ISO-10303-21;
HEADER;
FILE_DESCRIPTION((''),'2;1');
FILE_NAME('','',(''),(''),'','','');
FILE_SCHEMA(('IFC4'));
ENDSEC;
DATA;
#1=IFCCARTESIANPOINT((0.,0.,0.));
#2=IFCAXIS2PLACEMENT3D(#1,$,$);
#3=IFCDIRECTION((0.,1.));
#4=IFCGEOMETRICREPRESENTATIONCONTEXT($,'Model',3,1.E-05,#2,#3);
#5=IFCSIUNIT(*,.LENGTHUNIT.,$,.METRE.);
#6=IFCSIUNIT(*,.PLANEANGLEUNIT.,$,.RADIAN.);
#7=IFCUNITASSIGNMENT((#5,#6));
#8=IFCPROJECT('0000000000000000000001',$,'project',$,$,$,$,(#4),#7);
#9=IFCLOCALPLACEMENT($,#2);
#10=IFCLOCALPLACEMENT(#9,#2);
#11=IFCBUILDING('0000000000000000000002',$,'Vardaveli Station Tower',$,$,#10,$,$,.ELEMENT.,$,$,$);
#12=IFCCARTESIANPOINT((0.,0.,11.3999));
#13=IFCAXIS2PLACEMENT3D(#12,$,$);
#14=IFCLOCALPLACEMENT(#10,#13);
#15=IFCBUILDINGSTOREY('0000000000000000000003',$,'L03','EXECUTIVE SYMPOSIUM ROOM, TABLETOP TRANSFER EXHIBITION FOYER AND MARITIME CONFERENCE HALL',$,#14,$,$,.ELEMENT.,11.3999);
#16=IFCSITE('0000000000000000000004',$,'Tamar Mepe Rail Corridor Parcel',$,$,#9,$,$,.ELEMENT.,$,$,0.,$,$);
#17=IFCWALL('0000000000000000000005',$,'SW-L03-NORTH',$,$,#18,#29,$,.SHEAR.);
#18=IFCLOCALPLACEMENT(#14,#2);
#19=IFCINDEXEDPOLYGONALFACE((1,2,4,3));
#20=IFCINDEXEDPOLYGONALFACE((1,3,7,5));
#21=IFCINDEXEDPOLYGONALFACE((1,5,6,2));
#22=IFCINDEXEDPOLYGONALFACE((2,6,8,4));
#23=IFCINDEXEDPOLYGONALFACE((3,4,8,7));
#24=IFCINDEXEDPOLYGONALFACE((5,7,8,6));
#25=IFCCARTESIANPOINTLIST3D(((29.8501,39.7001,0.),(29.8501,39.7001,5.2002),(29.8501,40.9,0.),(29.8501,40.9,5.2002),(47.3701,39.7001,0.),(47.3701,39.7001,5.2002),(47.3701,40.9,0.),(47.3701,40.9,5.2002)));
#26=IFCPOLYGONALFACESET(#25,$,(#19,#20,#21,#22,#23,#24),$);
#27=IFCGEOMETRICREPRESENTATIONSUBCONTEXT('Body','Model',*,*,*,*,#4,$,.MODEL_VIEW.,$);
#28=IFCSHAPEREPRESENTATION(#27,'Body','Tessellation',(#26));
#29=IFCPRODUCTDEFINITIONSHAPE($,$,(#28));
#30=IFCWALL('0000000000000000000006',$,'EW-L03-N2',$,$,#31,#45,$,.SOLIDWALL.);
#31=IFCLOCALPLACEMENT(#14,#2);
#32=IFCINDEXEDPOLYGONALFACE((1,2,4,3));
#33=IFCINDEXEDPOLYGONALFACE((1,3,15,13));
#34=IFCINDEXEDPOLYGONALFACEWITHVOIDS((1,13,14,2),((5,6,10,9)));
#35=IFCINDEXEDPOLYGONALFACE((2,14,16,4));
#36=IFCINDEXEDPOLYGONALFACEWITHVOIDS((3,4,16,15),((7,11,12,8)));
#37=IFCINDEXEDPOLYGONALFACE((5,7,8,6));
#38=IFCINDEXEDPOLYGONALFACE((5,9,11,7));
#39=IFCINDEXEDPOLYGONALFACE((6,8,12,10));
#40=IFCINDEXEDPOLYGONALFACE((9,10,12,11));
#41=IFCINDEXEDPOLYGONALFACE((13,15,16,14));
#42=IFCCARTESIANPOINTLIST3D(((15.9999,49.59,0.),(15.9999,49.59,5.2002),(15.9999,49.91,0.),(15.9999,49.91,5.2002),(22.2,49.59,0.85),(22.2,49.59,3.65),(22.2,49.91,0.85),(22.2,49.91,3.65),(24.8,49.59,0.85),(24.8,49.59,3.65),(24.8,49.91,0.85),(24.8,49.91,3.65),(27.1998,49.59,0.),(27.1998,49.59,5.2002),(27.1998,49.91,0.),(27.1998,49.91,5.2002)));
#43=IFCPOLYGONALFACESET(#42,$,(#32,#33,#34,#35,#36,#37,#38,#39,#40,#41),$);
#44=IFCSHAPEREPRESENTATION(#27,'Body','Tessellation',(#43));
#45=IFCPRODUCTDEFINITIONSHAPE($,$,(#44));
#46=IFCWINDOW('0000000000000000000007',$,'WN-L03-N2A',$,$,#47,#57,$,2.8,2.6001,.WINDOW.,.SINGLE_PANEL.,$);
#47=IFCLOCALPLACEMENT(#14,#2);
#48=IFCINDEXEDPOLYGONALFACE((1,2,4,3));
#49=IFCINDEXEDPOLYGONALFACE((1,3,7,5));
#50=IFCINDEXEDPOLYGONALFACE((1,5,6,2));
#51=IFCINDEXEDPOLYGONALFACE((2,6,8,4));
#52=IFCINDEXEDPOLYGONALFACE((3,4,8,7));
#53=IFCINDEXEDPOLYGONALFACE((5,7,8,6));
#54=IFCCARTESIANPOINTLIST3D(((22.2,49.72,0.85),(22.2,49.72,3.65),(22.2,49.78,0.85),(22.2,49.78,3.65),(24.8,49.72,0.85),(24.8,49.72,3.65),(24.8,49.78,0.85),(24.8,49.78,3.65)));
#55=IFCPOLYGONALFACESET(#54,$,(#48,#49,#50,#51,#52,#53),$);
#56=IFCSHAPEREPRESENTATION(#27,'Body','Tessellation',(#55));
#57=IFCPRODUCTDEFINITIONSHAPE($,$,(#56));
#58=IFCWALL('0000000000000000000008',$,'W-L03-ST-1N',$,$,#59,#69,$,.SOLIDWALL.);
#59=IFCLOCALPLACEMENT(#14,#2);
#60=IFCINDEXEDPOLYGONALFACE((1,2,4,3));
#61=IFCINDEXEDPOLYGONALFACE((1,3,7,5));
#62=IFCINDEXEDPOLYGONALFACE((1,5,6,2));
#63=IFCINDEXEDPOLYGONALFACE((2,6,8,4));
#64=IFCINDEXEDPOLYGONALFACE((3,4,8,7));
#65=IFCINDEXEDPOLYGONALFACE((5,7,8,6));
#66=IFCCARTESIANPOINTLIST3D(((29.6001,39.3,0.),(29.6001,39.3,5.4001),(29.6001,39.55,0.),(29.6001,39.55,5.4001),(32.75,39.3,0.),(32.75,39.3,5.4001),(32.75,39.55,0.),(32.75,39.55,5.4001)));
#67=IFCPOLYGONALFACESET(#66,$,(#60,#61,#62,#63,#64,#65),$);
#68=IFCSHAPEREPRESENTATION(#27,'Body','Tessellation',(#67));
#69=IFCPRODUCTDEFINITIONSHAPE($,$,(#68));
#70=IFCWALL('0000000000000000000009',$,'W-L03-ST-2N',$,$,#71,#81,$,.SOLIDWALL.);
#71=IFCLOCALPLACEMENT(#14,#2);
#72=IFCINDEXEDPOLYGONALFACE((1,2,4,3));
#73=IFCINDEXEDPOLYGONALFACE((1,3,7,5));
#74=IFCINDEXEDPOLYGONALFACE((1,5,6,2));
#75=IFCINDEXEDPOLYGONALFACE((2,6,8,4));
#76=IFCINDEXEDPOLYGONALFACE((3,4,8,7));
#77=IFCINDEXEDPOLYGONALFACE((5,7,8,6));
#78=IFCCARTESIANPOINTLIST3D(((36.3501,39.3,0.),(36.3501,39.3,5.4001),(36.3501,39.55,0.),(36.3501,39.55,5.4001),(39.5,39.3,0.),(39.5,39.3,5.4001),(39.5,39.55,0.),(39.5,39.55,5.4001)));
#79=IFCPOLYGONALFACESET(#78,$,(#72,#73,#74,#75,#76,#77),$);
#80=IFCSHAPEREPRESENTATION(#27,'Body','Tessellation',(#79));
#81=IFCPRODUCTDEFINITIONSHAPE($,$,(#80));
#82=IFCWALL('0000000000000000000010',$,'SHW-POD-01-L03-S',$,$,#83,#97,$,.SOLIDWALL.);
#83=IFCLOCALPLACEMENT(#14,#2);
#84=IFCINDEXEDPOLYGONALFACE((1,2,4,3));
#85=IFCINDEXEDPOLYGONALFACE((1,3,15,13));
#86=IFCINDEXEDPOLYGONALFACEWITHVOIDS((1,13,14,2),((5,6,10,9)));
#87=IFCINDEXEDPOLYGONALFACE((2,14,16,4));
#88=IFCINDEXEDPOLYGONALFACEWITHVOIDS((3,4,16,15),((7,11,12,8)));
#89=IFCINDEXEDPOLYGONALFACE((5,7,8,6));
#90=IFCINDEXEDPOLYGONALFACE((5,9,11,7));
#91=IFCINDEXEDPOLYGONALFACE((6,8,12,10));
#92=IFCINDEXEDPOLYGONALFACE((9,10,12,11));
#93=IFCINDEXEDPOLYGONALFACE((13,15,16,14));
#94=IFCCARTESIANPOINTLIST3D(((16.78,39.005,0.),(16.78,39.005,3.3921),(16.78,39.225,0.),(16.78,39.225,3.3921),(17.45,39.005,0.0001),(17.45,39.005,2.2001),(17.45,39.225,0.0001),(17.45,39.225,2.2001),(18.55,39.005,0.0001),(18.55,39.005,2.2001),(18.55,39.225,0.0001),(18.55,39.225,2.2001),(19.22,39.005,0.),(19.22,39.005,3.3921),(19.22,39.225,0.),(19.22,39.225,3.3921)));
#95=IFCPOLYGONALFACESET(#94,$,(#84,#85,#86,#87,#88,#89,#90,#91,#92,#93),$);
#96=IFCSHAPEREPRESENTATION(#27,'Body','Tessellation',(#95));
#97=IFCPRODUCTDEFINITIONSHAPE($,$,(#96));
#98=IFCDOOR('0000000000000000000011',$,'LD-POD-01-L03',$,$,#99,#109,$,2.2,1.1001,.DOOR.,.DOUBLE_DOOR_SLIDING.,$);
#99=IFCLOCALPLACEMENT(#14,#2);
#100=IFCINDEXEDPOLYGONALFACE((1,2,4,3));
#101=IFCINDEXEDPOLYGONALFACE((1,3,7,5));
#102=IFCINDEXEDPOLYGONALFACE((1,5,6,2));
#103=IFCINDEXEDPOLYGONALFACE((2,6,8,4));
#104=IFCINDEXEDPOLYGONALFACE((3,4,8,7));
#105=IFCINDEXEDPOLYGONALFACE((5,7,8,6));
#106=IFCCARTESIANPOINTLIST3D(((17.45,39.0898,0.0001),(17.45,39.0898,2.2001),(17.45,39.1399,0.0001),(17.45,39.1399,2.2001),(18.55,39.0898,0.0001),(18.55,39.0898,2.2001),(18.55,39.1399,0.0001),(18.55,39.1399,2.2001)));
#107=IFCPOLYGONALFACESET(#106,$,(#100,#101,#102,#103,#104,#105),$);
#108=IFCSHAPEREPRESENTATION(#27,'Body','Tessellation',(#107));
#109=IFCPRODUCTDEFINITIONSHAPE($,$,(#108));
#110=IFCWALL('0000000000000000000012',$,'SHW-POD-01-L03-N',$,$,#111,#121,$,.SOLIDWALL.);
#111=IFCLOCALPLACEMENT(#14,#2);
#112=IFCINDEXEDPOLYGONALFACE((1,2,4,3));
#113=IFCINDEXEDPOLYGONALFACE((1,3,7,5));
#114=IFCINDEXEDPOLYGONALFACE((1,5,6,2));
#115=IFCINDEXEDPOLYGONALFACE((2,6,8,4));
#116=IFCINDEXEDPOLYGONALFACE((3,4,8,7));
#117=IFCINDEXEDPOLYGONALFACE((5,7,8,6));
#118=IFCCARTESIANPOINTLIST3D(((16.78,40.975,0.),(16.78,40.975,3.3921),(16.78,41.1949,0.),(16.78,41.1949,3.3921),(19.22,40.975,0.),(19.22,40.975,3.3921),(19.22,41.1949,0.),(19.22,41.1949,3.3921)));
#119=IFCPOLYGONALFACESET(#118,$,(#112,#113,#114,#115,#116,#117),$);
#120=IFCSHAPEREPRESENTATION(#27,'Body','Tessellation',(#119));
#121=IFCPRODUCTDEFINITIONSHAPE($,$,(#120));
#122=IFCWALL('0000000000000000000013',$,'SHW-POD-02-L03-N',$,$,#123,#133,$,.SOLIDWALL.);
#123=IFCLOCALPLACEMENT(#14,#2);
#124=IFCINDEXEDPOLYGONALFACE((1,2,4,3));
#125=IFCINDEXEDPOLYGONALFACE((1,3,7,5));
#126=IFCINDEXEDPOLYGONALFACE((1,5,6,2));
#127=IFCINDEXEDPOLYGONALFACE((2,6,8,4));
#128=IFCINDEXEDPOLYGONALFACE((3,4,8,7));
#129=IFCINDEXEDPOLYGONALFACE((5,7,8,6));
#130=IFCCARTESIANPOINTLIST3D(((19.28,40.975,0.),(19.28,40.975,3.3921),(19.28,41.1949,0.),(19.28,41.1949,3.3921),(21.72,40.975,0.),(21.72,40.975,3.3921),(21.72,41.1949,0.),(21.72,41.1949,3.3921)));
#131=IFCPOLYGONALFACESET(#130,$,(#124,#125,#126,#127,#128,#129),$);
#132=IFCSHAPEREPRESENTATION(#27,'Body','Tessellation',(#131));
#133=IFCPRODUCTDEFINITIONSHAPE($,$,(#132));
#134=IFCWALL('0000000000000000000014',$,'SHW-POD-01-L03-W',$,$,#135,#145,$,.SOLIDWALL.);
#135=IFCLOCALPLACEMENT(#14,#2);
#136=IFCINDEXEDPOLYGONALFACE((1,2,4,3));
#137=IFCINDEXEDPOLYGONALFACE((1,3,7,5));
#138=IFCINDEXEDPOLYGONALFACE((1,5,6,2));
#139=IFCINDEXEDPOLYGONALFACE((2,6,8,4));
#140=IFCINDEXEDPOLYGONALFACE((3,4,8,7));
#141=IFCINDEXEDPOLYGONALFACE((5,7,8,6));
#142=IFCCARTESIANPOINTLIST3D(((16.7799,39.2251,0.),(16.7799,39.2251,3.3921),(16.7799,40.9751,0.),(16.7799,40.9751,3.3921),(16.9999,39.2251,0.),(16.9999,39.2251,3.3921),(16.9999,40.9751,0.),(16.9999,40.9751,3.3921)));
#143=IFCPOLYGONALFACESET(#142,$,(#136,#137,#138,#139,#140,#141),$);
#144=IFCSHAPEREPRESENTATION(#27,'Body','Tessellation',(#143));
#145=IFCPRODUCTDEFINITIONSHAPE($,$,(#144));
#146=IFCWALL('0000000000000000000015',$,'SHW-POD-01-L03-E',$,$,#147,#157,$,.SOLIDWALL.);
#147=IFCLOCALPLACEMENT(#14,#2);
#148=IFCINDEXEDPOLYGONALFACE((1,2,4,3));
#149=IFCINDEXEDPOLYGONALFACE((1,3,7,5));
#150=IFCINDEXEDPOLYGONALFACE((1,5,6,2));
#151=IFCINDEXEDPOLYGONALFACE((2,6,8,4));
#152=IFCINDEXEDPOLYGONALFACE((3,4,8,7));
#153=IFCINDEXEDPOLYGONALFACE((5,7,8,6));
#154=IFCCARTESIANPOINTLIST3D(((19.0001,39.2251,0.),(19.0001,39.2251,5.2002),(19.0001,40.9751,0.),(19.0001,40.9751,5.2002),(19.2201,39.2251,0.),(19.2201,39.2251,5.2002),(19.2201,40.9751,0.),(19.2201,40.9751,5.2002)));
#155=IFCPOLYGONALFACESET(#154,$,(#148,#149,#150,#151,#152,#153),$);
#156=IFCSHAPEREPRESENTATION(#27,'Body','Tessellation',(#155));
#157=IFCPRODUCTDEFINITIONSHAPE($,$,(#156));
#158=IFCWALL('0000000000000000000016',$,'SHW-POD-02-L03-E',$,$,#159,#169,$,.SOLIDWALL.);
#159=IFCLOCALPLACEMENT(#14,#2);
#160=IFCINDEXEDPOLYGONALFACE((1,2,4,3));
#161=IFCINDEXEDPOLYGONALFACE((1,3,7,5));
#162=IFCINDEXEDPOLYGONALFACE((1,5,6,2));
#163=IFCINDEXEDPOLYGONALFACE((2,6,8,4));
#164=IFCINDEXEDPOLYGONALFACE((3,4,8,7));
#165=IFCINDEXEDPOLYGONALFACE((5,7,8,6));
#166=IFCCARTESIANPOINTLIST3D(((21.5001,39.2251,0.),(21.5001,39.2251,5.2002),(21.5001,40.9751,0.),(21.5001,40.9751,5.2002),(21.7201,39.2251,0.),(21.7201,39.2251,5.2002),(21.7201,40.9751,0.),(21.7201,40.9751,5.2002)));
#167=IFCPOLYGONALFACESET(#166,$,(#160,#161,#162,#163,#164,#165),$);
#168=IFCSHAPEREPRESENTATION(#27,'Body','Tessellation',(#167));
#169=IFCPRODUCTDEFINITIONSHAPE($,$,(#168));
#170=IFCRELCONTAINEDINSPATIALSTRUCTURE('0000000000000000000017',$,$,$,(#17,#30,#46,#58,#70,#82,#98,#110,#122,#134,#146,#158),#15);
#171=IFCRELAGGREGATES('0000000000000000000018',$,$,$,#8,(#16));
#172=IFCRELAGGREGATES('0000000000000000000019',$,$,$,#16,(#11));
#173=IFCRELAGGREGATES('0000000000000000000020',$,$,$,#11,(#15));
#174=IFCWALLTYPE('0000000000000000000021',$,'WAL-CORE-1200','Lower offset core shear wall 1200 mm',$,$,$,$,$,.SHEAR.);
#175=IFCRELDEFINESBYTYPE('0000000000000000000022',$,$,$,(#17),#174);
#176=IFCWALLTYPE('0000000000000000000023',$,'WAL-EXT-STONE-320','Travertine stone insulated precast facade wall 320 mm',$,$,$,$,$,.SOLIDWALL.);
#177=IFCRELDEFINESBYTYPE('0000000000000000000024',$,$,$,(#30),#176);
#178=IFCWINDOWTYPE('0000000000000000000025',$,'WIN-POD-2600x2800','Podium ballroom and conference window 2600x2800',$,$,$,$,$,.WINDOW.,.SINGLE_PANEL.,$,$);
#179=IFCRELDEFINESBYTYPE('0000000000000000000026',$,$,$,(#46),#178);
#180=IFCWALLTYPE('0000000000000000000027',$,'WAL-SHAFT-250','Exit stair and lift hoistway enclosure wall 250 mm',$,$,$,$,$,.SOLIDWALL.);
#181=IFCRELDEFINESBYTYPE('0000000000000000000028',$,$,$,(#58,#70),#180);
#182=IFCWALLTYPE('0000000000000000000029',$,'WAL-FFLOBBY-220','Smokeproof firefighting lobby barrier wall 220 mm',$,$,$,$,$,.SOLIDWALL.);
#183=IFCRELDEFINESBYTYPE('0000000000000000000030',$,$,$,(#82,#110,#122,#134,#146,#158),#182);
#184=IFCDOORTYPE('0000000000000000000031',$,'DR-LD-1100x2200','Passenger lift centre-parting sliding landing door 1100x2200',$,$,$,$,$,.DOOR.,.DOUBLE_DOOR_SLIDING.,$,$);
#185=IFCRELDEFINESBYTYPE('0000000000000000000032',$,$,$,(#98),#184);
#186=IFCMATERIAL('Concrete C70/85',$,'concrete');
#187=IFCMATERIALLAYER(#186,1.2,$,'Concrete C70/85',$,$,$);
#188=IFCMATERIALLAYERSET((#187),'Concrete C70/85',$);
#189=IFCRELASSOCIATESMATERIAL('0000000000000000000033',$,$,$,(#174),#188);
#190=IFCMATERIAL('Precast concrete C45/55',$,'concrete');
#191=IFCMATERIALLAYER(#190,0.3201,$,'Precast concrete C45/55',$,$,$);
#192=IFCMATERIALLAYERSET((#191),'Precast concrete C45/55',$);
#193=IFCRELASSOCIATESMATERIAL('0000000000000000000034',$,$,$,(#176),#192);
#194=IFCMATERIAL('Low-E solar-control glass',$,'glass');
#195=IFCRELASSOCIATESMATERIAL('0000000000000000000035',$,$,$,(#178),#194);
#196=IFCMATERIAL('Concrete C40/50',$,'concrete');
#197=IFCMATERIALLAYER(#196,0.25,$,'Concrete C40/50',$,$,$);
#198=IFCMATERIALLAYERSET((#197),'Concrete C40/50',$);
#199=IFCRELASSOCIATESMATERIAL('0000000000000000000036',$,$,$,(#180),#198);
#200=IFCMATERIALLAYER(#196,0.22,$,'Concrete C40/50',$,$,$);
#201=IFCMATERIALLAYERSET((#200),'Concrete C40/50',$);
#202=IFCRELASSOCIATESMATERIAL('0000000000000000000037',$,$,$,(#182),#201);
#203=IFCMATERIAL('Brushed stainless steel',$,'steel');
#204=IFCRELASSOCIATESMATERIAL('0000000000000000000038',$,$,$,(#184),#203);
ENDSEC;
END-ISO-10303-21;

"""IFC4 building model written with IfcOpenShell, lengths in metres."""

from ifc_helpers import new_model, si_unit, direction, frame, frame_2d, origin, place, context, subcontext, project, spatial, rectangle, extrude, source, transform, mapped, material, layer, layer_set, type_object, element, fill, save


model = new_model("IFC4")

# Units and contexts
model_context = context("Model", 3, precision=1e-05, world=origin(), true_north=direction((0.0, 1.0)))
body_context = subcontext(model_context, "Body", "Model", "MODEL_VIEW")
ifc_project = project(units=[si_unit("LENGTHUNIT", "METRE"), si_unit("PLANEANGLEUNIT", "RADIAN")], contexts=[model_context])

# Site, building, storey
site_placement = place(None, origin())
site = spatial("IfcSite", under=ifc_project, at=site_placement, Name="Tamar Mepe Rail Corridor Parcel", CompositionType="ELEMENT", RefElevation=0.0)
building_placement = place(site_placement, origin())
building = spatial("IfcBuilding", under=site, at=building_placement, Name="Vardaveli Station Tower", CompositionType="ELEMENT")
storey_placement = place(building_placement, frame((0.0, 0.0, 11.3999)))
storey = spatial("IfcBuildingStorey", under=building, at=storey_placement, Name="L03", Description="EXECUTIVE SYMPOSIUM ROOM, TABLETOP TRANSFER EXHIBITION FOYER AND MARITIME CONFERENCE HALL", CompositionType="ELEMENT", Elevation=11.3999)

# Shared definitions
ifc_material_1 = material(Name="Concrete C70/85", Category="concrete")

# Wall
ifc_layer_1 = layer(ifc_material_1, 1.2, Name="Concrete C70/85")
ifc_layer_set_1 = layer_set([ifc_layer_1], Name="Concrete C70/85")
wall_type_1 = type_object("IfcWallType", Name="WAL-CORE-1200", Description="Lower offset core shear wall 1200 mm", PredefinedType="SHEAR", material=ifc_layer_set_1)
shared_shape_1 = source(origin(), body_context, "Body", "SweptSolid", [
    extrude(rectangle(XDim=17.52, YDim=1.2, at=frame_2d((8.76, 0.0))), origin(), (0.0, 0.0, 1.0), 5.2002),
])
wall_1_placement = place(storey_placement, frame((29.8501, 40.3, 0.0), z_axis=(0.0, 0.0, 1.0), x_axis=(1.0, 0.0, 0.0)))
element("IfcWall", 1, at=wall_1_placement, inside=storey, type_object=wall_type_1, Name="SW-L03-NORTH", PredefinedType="SHEAR", context=body_context, shape_type="MappedRepresentation", body=[
    mapped(shared_shape_1, transform((0.0, 0.0, 0.0), scale=1.0)),
])

# Wall, opening, window
ifc_material_2 = material(Name="Precast concrete C45/55", Category="concrete")
ifc_layer_2 = layer(ifc_material_2, 0.3201, Name="Precast concrete C45/55")
ifc_layer_set_2 = layer_set([ifc_layer_2], Name="Precast concrete C45/55")
wall_type_2 = type_object("IfcWallType", Name="WAL-EXT-STONE-320", Description="Travertine stone insulated precast facade wall 320 mm", PredefinedType="SOLIDWALL", material=ifc_layer_set_2)
shared_shape_2 = source(origin(), body_context, "Body", "SweptSolid", [
    extrude(rectangle(XDim=11.2, YDim=0.3201, at=frame_2d((5.6001, 0.0))), origin(), (0.0, 0.0, 1.0), 5.2002),
])
wall_2_placement = place(storey_placement, frame((27.2, 49.75, 0.0), z_axis=(0.0, 0.0, 1.0), x_axis=(-1.0, 0.0, 0.0)))
wall_2 = element("IfcWall", 2, at=wall_2_placement, inside=storey, type_object=wall_type_2, Name="EW-L03-N2", PredefinedType="SOLIDWALL", context=body_context, shape_type="MappedRepresentation", body=[
    mapped(shared_shape_2, transform((0.0, 0.0, 0.0), scale=1.0)),
])
shared_shape_3 = source(origin(), body_context, "Body", "SweptSolid", [
    extrude(rectangle(XDim=2.6001, YDim=2.8, at=frame_2d((1.3, 1.3999))), frame((0.0, 0.1699, 0.0), z_axis=(0.0, -1.0, 0.0), x_axis=(1.0, 0.0, 0.0)), (0.0, 0.0, 1.0), 0.3401),
])
opening_1_placement = place(wall_2_placement, frame((2.3999, 0.0, 0.8501)))
opening_1 = element("IfcOpeningElement", 3, at=opening_1_placement, cuts=wall_2, PredefinedType="OPENING", context=body_context, shape_type="MappedRepresentation", body=[
    mapped(shared_shape_3, transform((0.0, 0.0, 0.0), scale=1.0)),
])
ifc_material_3 = material(Name="Low-E solar-control glass", Category="glass")
window_type = type_object("IfcWindowType", Name="WIN-POD-2600x2800", Description="Podium ballroom and conference window 2600x2800", PartitioningType="SINGLE_PANEL", PredefinedType="WINDOW", material=ifc_material_3)
shared_shape_4 = source(origin(), body_context, "Body", "SweptSolid", [
    extrude(rectangle(XDim=2.6001, YDim=2.8, at=frame_2d((1.3, 1.3999))), frame((0.0, 0.03, 0.0), z_axis=(0.0, -1.0, 0.0), x_axis=(1.0, 0.0, 0.0)), (0.0, 0.0, 1.0), 0.0601),
])
window_placement = place(opening_1_placement, origin())
window = element("IfcWindow", 4, at=window_placement, inside=storey, type_object=window_type, Name="WN-L03-N2A", OverallHeight=2.8, OverallWidth=2.6001, PartitioningType="SINGLE_PANEL", PredefinedType="WINDOW", context=body_context, shape_type="MappedRepresentation", body=[
    mapped(shared_shape_4, transform((0.0, 0.0, 0.0), scale=1.0)),
])
fill(opening_1, window)

# Walls
ifc_material_4 = material(Name="Concrete C40/50", Category="concrete")
ifc_layer_3 = layer(ifc_material_4, 0.25, Name="Concrete C40/50")
ifc_layer_set_3 = layer_set([ifc_layer_3], Name="Concrete C40/50")
wall_type_3 = type_object("IfcWallType", Name="WAL-SHAFT-250", Description="Exit stair and lift hoistway enclosure wall 250 mm", PredefinedType="SOLIDWALL", material=ifc_layer_set_3)
shared_shape_5 = source(origin(), body_context, "Body", "SweptSolid", [
    extrude(rectangle(XDim=3.1499, YDim=0.25, at=frame_2d((1.575, 0.0))), origin(), (0.0, 0.0, 1.0), 5.4001),
])
for number, where, z_axis, x_axis, name in (
    (5, (29.6001, 39.425, 0.0), (0.0, 0.0, 1.0), (1.0, 0.0, 0.0), "W-L03-ST-1N"),
    (6, (36.3501, 39.425, 0.0), (0.0, 0.0, 1.0), (1.0, 0.0, 0.0), "W-L03-ST-2N"),
):
    element("IfcWall", number, at=place(storey_placement, frame(where, z_axis=z_axis, x_axis=x_axis)), inside=storey, type_object=wall_type_3, Name=name, PredefinedType="SOLIDWALL", context=body_context, shape_type="MappedRepresentation", body=[
        mapped(shared_shape_5, transform((0.0, 0.0, 0.0), scale=1.0)),
    ])

# Wall, opening, door
ifc_layer_4 = layer(ifc_material_4, 0.22, Name="Concrete C40/50")
ifc_layer_set_4 = layer_set([ifc_layer_4], Name="Concrete C40/50")
wall_type_4 = type_object("IfcWallType", Name="WAL-FFLOBBY-220", Description="Smokeproof firefighting lobby barrier wall 220 mm", PredefinedType="SOLIDWALL", material=ifc_layer_set_4)
shared_shape_6 = source(origin(), body_context, "Body", "SweptSolid", [
    extrude(rectangle(XDim=2.4399, YDim=0.22, at=frame_2d((1.22, 0.0))), origin(), (0.0, 0.0, 1.0), 3.3921),
])
wall_3_placement = place(storey_placement, frame((16.78, 39.115, 0.0), z_axis=(0.0, 0.0, 1.0), x_axis=(1.0, 0.0, 0.0)))
wall_3 = element("IfcWall", 7, at=wall_3_placement, inside=storey, type_object=wall_type_4, Name="SHW-POD-01-L03-S", PredefinedType="SOLIDWALL", context=body_context, shape_type="MappedRepresentation", body=[
    mapped(shared_shape_6, transform((0.0, 0.0, 0.0), scale=1.0)),
])
shared_shape_7 = source(origin(), body_context, "Body", "SweptSolid", [
    extrude(rectangle(XDim=1.1001, YDim=2.2, at=frame_2d((0.55, 1.1001))), frame((0.0, 0.1201, 0.0), z_axis=(0.0, -1.0, 0.0), x_axis=(1.0, 0.0, 0.0)), (0.0, 0.0, 1.0), 0.24),
])
opening_2_placement = place(wall_3_placement, frame((0.6699, 0.0, 0.0)))
opening_2 = element("IfcOpeningElement", 8, at=opening_2_placement, cuts=wall_3, PredefinedType="OPENING", context=body_context, shape_type="MappedRepresentation", body=[
    mapped(shared_shape_7, transform((0.0, 0.0, 0.0), scale=1.0)),
])
ifc_material_5 = material(Name="Brushed stainless steel", Category="steel")
door_type = type_object("IfcDoorType", Name="DR-LD-1100x2200", Description="Passenger lift centre-parting sliding landing door 1100x2200", OperationType="DOUBLE_DOOR_SLIDING", PredefinedType="DOOR", material=ifc_material_5)
shared_shape_8 = source(origin(), body_context, "Body", "SweptSolid", [
    extrude(rectangle(XDim=1.1001, YDim=2.2, at=frame_2d((0.55, 1.1001))), frame((0.0, 0.0249, 0.0), z_axis=(0.0, -1.0, 0.0), x_axis=(1.0, 0.0, 0.0)), (0.0, 0.0, 1.0), 0.05),
])
door_1_placement = place(opening_2_placement, origin())
door_1 = element("IfcDoor", 9, at=door_1_placement, inside=storey, type_object=door_type, Name="LD-POD-01-L03", OperationType="DOUBLE_DOOR_SLIDING", OverallHeight=2.2, OverallWidth=1.1001, PredefinedType="DOOR", context=body_context, shape_type="MappedRepresentation", body=[
    mapped(shared_shape_8, transform((0.0, 0.0, 0.0), scale=1.0)),
])
fill(opening_2, door_1)

# Walls
for number, where, z_axis, x_axis, name in (
    (10, (16.78, 41.085, 0.0), (0.0, 0.0, 1.0), (1.0, 0.0, 0.0), "SHW-POD-01-L03-N"),
    (11, (19.28, 41.085, 0.0), (0.0, 0.0, 1.0), (1.0, 0.0, 0.0), "SHW-POD-02-L03-N"),
):
    element("IfcWall", number, at=place(storey_placement, frame(where, z_axis=z_axis, x_axis=x_axis)), inside=storey, type_object=wall_type_4, Name=name, PredefinedType="SOLIDWALL", context=body_context, shape_type="MappedRepresentation", body=[
        mapped(shared_shape_6, transform((0.0, 0.0, 0.0), scale=1.0)),
    ])
shared_shape_9 = source(origin(), body_context, "Body", "SweptSolid", [
    extrude(rectangle(XDim=1.75, YDim=0.22, at=frame_2d((0.875, 0.0))), origin(), (0.0, 0.0, 1.0), 3.3921),
])
wall_4_placement = place(storey_placement, frame((16.8899, 39.2251, 0.0), z_axis=(0.0, 0.0, 1.0), x_axis=(0.0, 1.0, 0.0)))
element("IfcWall", 12, at=wall_4_placement, inside=storey, type_object=wall_type_4, Name="SHW-POD-01-L03-W", PredefinedType="SOLIDWALL", context=body_context, shape_type="MappedRepresentation", body=[
    mapped(shared_shape_9, transform((0.0, 0.0, 0.0), scale=1.0)),
])
shared_shape_10 = source(origin(), body_context, "Body", "SweptSolid", [
    extrude(rectangle(XDim=1.75, YDim=0.22, at=frame_2d((0.875, 0.0))), origin(), (0.0, 0.0, 1.0), 5.2002),
])
for number, where, z_axis, x_axis, name in (
    (13, (19.1101, 39.2251, 0.0), (0.0, 0.0, 1.0), (0.0, 1.0, 0.0), "SHW-POD-01-L03-E"),
    (14, (21.6101, 39.2251, 0.0), (0.0, 0.0, 1.0), (0.0, 1.0, 0.0), "SHW-POD-02-L03-E"),
):
    element("IfcWall", number, at=place(storey_placement, frame(where, z_axis=z_axis, x_axis=x_axis)), inside=storey, type_object=wall_type_4, Name=name, PredefinedType="SOLIDWALL", context=body_context, shape_type="MappedRepresentation", body=[
        mapped(shared_shape_10, transform((0.0, 0.0, 0.0), scale=1.0)),
    ])

save(model, "model.ifc")
